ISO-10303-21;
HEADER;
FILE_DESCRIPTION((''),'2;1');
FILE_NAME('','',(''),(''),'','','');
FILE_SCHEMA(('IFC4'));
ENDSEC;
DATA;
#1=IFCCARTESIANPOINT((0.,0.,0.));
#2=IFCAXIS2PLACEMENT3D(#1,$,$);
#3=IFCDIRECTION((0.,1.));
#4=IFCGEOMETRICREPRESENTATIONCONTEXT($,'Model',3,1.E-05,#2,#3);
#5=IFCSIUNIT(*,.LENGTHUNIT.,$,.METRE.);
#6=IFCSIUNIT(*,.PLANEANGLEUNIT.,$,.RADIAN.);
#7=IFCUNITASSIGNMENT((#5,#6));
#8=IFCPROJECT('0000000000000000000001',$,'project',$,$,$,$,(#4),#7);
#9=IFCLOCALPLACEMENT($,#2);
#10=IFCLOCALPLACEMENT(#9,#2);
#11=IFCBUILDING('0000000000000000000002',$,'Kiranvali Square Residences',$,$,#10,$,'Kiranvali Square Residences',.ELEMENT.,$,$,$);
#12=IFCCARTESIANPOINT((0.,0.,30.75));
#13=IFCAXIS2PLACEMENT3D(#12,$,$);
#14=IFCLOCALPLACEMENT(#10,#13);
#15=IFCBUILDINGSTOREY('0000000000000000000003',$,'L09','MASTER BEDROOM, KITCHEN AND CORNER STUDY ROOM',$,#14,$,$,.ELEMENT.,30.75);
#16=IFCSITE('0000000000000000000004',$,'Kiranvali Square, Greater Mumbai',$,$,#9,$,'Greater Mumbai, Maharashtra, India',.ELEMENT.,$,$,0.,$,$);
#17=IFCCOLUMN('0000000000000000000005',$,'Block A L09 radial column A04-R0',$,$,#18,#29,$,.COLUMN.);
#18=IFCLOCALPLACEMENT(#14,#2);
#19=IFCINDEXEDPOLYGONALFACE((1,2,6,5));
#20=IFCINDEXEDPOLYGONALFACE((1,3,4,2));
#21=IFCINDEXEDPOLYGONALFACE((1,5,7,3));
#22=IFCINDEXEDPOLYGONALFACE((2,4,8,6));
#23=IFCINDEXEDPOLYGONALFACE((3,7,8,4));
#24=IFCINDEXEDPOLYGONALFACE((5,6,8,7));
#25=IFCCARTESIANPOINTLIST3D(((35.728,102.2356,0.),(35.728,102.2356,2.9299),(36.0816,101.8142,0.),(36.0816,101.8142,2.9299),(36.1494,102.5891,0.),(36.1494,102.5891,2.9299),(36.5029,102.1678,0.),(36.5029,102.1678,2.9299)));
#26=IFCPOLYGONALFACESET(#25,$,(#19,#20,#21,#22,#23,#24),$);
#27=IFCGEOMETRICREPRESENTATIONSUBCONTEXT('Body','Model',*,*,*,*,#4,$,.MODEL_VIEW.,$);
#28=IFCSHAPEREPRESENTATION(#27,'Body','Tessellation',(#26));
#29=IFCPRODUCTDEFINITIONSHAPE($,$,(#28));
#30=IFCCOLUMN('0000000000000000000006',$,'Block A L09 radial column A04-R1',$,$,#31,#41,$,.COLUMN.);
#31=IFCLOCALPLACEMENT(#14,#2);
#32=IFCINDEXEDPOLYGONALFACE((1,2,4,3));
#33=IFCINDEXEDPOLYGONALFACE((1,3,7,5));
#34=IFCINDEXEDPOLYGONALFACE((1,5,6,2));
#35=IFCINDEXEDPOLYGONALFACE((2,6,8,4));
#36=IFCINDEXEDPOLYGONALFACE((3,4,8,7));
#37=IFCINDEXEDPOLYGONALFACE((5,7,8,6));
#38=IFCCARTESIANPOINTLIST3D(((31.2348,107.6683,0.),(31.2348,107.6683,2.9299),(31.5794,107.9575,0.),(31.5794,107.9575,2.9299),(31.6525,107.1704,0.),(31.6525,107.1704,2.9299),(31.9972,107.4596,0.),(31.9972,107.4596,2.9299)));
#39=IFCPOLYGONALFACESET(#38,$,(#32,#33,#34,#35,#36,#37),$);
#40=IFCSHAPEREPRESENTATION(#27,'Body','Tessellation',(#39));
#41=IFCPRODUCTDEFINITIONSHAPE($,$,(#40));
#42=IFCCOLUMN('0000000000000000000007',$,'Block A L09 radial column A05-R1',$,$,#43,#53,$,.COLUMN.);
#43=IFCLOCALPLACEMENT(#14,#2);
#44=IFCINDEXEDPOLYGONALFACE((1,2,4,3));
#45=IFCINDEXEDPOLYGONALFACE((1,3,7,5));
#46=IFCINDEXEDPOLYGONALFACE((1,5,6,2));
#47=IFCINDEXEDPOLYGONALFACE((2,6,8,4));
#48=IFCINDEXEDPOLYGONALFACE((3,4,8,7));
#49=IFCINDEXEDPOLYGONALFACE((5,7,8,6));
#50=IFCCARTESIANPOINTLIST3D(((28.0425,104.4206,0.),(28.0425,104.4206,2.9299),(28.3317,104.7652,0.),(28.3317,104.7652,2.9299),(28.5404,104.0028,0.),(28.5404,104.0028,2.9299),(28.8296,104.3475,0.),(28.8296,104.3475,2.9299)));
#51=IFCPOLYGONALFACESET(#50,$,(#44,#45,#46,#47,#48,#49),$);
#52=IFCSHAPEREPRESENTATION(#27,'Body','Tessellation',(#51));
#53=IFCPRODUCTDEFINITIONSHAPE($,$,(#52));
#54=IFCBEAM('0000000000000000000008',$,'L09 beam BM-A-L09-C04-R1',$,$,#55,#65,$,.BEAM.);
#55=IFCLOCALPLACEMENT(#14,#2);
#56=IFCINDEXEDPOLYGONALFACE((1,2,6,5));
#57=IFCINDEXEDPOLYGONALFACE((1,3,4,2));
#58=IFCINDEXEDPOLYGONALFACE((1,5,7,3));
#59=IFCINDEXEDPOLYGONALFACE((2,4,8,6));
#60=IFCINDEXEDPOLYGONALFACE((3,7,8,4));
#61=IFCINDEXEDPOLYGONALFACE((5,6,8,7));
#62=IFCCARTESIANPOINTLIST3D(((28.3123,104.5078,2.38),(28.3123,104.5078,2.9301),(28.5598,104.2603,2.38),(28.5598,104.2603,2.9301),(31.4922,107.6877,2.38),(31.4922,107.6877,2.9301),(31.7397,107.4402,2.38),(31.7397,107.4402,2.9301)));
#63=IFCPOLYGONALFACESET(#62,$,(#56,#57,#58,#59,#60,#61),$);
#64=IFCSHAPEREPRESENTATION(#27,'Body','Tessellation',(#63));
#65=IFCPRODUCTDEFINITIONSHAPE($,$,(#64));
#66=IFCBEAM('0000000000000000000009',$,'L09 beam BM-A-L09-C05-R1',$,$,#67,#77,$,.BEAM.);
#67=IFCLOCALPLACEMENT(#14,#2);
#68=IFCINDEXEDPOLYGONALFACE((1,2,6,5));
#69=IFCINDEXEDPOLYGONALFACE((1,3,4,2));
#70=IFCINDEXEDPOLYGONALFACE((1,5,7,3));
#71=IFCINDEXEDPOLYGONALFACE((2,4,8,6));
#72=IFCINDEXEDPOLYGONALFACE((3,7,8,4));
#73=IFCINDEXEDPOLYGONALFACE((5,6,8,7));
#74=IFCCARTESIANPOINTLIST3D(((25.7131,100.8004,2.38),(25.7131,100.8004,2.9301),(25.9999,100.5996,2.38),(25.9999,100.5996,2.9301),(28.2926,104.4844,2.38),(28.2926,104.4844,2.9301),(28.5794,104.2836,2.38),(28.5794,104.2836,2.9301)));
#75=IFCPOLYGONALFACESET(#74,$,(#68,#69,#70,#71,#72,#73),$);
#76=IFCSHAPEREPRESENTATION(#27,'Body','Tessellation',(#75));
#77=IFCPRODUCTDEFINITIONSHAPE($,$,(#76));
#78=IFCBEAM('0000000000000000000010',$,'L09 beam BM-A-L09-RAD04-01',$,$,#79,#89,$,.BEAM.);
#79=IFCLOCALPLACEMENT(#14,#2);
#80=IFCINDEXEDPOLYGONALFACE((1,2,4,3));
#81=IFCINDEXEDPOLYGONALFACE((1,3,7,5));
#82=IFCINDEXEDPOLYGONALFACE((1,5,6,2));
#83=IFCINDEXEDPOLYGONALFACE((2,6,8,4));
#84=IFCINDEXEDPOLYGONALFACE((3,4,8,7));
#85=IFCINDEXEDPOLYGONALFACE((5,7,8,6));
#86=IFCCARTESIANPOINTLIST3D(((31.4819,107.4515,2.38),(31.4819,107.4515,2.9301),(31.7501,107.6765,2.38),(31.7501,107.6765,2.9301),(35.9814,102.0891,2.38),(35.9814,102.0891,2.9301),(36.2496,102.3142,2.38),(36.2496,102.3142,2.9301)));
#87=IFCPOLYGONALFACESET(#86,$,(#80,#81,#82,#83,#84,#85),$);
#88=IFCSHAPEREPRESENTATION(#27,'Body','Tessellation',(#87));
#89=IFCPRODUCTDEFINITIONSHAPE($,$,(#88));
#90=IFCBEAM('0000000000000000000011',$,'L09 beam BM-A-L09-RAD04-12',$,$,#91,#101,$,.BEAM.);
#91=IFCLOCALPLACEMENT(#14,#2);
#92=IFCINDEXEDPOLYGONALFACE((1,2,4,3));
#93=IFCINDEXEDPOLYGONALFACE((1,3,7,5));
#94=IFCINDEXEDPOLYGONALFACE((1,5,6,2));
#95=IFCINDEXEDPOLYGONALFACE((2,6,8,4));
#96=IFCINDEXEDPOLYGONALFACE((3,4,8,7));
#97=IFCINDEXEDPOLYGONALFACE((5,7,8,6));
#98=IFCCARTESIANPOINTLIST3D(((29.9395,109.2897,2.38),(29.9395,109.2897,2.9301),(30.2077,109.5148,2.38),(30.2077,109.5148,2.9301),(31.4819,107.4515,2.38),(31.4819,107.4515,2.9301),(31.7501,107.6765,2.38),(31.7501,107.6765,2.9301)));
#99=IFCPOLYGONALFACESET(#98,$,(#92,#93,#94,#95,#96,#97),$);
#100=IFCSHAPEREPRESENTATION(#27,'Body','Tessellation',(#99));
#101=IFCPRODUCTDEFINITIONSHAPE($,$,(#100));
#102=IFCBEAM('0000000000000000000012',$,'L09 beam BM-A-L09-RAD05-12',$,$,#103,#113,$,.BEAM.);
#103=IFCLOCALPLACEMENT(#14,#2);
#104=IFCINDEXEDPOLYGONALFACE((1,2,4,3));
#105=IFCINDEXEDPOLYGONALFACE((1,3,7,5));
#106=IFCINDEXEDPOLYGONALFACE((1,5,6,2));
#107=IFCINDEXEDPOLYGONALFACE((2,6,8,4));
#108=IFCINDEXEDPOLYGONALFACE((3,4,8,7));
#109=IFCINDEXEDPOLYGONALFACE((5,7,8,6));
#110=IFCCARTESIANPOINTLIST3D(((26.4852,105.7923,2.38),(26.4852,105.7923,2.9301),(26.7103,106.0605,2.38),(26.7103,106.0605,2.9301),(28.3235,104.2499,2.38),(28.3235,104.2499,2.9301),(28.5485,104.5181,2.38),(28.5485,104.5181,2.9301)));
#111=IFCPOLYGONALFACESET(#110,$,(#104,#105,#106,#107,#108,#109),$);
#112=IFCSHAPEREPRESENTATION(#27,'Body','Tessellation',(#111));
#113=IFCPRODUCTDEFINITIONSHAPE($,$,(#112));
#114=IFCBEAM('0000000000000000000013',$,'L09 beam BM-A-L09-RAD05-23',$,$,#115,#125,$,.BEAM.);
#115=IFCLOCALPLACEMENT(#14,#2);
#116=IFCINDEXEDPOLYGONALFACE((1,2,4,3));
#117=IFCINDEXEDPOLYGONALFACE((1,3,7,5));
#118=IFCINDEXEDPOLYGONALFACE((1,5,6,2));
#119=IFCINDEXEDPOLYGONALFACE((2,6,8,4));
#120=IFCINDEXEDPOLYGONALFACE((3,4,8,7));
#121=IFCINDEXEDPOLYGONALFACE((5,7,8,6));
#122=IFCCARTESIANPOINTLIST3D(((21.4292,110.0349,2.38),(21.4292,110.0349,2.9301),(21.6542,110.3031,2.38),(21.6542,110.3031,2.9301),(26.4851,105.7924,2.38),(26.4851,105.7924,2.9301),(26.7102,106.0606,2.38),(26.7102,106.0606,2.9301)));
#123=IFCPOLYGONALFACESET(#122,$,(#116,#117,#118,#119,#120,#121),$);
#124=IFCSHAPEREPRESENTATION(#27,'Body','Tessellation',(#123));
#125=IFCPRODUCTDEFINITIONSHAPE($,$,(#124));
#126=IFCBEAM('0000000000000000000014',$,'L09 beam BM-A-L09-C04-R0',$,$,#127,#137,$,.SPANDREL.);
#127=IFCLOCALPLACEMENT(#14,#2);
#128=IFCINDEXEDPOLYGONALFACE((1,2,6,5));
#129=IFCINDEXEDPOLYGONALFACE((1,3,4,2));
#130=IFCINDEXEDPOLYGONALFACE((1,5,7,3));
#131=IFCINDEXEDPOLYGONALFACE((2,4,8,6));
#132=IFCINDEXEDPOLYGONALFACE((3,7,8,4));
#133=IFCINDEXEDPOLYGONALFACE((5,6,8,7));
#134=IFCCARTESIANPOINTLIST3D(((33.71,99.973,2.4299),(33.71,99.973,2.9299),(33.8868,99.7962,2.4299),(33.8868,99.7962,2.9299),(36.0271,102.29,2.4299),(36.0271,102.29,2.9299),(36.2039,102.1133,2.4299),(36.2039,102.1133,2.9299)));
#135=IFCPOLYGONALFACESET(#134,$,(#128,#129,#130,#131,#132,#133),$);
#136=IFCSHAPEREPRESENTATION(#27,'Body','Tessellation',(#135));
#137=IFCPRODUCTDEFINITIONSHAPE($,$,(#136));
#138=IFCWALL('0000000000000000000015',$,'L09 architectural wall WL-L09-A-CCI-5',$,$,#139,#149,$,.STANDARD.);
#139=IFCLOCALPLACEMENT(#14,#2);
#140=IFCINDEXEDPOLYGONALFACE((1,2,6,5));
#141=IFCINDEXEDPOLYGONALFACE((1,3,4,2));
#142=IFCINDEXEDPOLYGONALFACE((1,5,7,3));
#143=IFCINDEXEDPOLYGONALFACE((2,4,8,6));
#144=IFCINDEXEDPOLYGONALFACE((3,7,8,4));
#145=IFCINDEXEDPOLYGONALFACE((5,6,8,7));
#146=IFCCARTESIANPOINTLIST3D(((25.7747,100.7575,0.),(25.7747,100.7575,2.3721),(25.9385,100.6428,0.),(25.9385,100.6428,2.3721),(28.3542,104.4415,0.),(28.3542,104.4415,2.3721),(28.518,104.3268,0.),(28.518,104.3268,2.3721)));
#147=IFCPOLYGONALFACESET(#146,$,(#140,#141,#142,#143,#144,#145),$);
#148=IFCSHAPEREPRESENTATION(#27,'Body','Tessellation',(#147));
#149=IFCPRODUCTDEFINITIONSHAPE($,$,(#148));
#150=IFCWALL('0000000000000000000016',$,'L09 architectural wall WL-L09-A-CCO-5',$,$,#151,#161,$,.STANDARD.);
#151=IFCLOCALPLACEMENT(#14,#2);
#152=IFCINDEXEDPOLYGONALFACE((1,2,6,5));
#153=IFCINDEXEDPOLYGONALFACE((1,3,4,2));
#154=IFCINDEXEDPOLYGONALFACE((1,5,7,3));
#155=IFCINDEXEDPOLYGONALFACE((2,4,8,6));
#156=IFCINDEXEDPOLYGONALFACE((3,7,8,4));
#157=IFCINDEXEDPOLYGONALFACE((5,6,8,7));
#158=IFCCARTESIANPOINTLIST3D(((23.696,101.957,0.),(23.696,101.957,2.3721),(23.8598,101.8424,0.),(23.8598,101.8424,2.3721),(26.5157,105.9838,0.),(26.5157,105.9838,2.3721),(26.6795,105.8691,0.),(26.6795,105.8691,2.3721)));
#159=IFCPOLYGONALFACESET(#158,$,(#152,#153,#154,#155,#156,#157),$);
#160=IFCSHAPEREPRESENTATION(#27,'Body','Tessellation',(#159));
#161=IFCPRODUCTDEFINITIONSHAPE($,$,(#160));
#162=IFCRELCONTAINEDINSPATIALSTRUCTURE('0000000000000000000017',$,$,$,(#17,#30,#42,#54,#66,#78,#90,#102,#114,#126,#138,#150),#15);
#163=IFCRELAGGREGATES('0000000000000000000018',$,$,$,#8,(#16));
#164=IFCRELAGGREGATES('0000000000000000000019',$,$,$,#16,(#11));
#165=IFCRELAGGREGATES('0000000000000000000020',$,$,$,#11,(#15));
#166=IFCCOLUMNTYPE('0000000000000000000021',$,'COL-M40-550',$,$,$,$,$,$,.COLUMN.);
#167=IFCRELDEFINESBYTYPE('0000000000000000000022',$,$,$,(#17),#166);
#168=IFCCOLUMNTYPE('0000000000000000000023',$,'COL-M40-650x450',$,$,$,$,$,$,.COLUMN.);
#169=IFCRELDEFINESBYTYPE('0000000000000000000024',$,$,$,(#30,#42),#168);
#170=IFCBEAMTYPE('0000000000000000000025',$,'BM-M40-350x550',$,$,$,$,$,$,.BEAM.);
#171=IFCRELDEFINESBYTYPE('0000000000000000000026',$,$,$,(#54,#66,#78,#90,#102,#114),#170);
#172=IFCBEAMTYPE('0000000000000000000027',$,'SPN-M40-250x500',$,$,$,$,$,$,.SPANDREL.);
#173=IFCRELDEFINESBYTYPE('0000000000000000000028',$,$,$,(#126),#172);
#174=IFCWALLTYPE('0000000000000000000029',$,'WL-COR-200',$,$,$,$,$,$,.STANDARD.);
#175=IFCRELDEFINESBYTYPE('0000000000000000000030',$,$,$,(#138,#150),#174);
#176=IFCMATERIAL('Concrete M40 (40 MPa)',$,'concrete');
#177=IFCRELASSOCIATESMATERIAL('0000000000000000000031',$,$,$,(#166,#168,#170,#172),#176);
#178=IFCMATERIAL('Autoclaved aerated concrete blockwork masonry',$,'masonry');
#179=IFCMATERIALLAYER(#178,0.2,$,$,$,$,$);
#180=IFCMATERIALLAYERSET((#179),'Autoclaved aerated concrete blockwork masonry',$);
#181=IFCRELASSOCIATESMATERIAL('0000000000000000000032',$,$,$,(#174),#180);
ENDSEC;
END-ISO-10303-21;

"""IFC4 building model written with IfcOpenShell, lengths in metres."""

from ifc_helpers import new_model, si_unit, direction, frame, frame_2d, origin, origin_2d, place, context, subcontext, project, spatial, rectangle, extrude, material, layer, layer_set, material_profile, profile_set, type_object, element, save


model = new_model("IFC4")

# Units and contexts
model_context = context("Model", 3, precision=1e-05, world=origin(), true_north=direction((0.0, 1.0)))
body_context = subcontext(model_context, "Body", "Model", "MODEL_VIEW")
ifc_project = project(units=[si_unit("LENGTHUNIT", "METRE"), si_unit("PLANEANGLEUNIT", "RADIAN")], contexts=[model_context])

# Site, building, storey
site_placement = place(None, origin())
site = spatial("IfcSite", under=ifc_project, at=site_placement, Name="Kiranvali Square, Greater Mumbai", LongName="Greater Mumbai, Maharashtra, India", CompositionType="ELEMENT", RefElevation=0.0)
building_placement = place(site_placement, origin())
building = spatial("IfcBuilding", under=site, at=building_placement, Name="Kiranvali Square Residences", LongName="Kiranvali Square Residences", CompositionType="ELEMENT")
storey_placement = place(building_placement, frame((0.0, 0.0, 30.75)))
storey = spatial("IfcBuildingStorey", under=building, at=storey_placement, Name="L09", Description="MASTER BEDROOM, KITCHEN AND CORNER STUDY ROOM", CompositionType="ELEMENT", Elevation=30.75)

# Columns
ifc_material_1 = material(Name="Concrete M40 (40 MPa)", Category="concrete")
ifc_material_profile_1 = material_profile(ifc_material_1, rectangle(XDim=0.55, YDim=0.55, at=origin_2d()), Name="RC 550x550")
ifc_profile_set_1 = profile_set([ifc_material_profile_1], Name="Concrete M40 (40 MPa)")
column_type_1 = type_object("IfcColumnType", Name="COL-M40-550", PredefinedType="COLUMN", material=ifc_profile_set_1)
column_placement = place(storey_placement, frame((36.1155, 102.2017, 0.0), z_axis=(0.0, 0.0, 1.0), x_axis=(0.766044, 0.642788, 0.0)))
element("IfcColumn", 1, at=column_placement, inside=storey, type_object=column_type_1, Name="Block A L09 radial column A04-R0", PredefinedType="COLUMN", context=body_context, shape_type="SweptSolid", body=[
    extrude(rectangle(XDim=0.55, YDim=0.55, at=origin_2d()), origin(), (0.0, 0.0, 1.0), 2.9299),
])
ifc_material_profile_2 = material_profile(ifc_material_1, rectangle(XDim=0.45, YDim=0.6499, at=origin_2d()), Name="RC 650x450")
ifc_profile_set_2 = profile_set([ifc_material_profile_2], Name="Concrete M40 (40 MPa)")
column_type_2 = type_object("IfcColumnType", Name="COL-M40-650x450", PredefinedType="COLUMN", material=ifc_profile_set_2)
for number, where, z_axis, x_axis, name in (
    (2, (31.616, 107.564, 0.0), (0.0, 0.0, 1.0), (0.766044, 0.642788, 0.0), "Block A L09 radial column A04-R1"),
    (3, (28.436, 104.384, 0.0), (0.0, 0.0, 1.0), (0.642788, 0.766044, 0.0), "Block A L09 radial column A05-R1"),
):
    element("IfcColumn", number, at=place(storey_placement, frame(where, z_axis=z_axis, x_axis=x_axis)), inside=storey, type_object=column_type_2, Name=name, PredefinedType="COLUMN", context=body_context, shape_type="SweptSolid", body=[
        extrude(rectangle(XDim=0.45, YDim=0.6499, at=origin_2d()), origin(), (0.0, 0.0, 1.0), 2.9299),
    ])

# Beams
ifc_material_profile_3 = material_profile(ifc_material_1, rectangle(XDim=0.3501, YDim=0.55, at=origin_2d()), Name="RC 350x550")
ifc_profile_set_3 = profile_set([ifc_material_profile_3], Name="Concrete M40 (40 MPa)")
beam_type_1 = type_object("IfcBeamType", Name="BM-M40-350x550", PredefinedType="BEAM", material=ifc_profile_set_3)
beam_1_placement = place(storey_placement, frame((31.616, 107.564, 2.655), z_axis=(-0.707107, -0.707107, 0.0), x_axis=(0.707107, -0.707107, 0.0)))
element("IfcBeam", 4, at=beam_1_placement, inside=storey, type_object=beam_type_1, Name="L09 beam BM-A-L09-C04-R1", PredefinedType="BEAM", context=body_context, shape_type="SweptSolid", body=[
    extrude(rectangle(XDim=0.3501, YDim=0.55, at=origin_2d()), origin(), (0.0, 0.0, 1.0), 4.4971),
])
beam_2_placement = place(storey_placement, frame((28.436, 104.384, 2.655), z_axis=(-0.573572, -0.819155, 0.0), x_axis=(0.819155, -0.573572, 0.0)))
element("IfcBeam", 5, at=beam_2_placement, inside=storey, type_object=beam_type_1, Name="L09 beam BM-A-L09-C05-R1", PredefinedType="BEAM", context=body_context, shape_type="SweptSolid", body=[
    extrude(rectangle(XDim=0.3501, YDim=0.55, at=origin_2d()), origin(), (0.0, 0.0, 1.0), 4.4973),
])
beam_3_placement = place(storey_placement, frame((36.1155, 102.2017, 2.655), z_axis=(-0.642788, 0.766044, 0.0), x_axis=(-0.766044, -0.642788, 0.0)))
element("IfcBeam", 6, at=beam_3_placement, inside=storey, type_object=beam_type_1, Name="L09 beam BM-A-L09-RAD04-01", PredefinedType="BEAM", context=body_context, shape_type="SweptSolid", body=[
    extrude(rectangle(XDim=0.3501, YDim=0.55, at=origin_2d()), origin(), (0.0, 0.0, 1.0), 7.0),
])
for number, where, z_axis, x_axis, name in (
    (7, (31.616, 107.564, 2.655), (-0.642763, 0.766065, 0.0), (-0.766065, -0.642763, 0.0), "L09 beam BM-A-L09-RAD04-12"),
    (8, (28.436, 104.384, 2.655), (-0.766065, 0.642763, 0.0), (-0.642763, -0.766065, 0.0), "L09 beam BM-A-L09-RAD05-12"),
):
    element("IfcBeam", number, at=place(storey_placement, frame(where, z_axis=z_axis, x_axis=x_axis)), inside=storey, type_object=beam_type_1, Name=name, PredefinedType="BEAM", context=body_context, shape_type="SweptSolid", body=[
        extrude(rectangle(XDim=0.3501, YDim=0.55, at=origin_2d()), origin(), (0.0, 0.0, 1.0), 2.3997),
    ])
beam_4_placement = place(storey_placement, frame((26.5977, 105.9265, 2.655), z_axis=(-0.766043, 0.642789, 0.0), x_axis=(-0.642789, -0.766043, 0.0)))
element("IfcBeam", 9, at=beam_4_placement, inside=storey, type_object=beam_type_1, Name="L09 beam BM-A-L09-RAD05-23", PredefinedType="BEAM", context=body_context, shape_type="SweptSolid", body=[
    extrude(rectangle(XDim=0.3501, YDim=0.55, at=origin_2d()), origin(), (0.0, 0.0, 1.0), 6.6001),
])
ifc_material_profile_4 = material_profile(ifc_material_1, rectangle(XDim=0.25, YDim=0.5, at=origin_2d()), Name="RC 250x500")
ifc_profile_set_4 = profile_set([ifc_material_profile_4], Name="Concrete M40 (40 MPa)")
beam_type_2 = type_object("IfcBeamType", Name="SPN-M40-250x500", PredefinedType="SPANDREL", material=ifc_profile_set_4)
beam_5_placement = place(storey_placement, frame((36.1155, 102.2017, 2.6799), z_axis=(-0.707107, -0.707107, 0.0), x_axis=(0.707107, -0.707107, 0.0)))
element("IfcBeam", 10, at=beam_5_placement, inside=storey, type_object=beam_type_2, Name="L09 beam BM-A-L09-C04-R0", PredefinedType="SPANDREL", context=body_context, shape_type="SweptSolid", body=[
    extrude(rectangle(XDim=0.25, YDim=0.5, at=origin_2d()), origin(), (0.0, 0.0, 1.0), 3.2769),
])

# Walls
ifc_material_2 = material(Name="Autoclaved aerated concrete blockwork masonry", Category="masonry")
ifc_layer_1 = layer(ifc_material_2, 0.2)
ifc_layer_set_1 = layer_set([ifc_layer_1], Name="Autoclaved aerated concrete blockwork masonry")
wall_type_1 = type_object("IfcWallType", Name="WL-COR-200", PredefinedType="STANDARD", material=ifc_layer_set_1)
wall_1_placement = place(storey_placement, frame((28.436, 104.384, 0.0), z_axis=(0.0, 0.0, 1.0), x_axis=(-0.573572, -0.819155, 0.0)))
element("IfcWall", 11, at=wall_1_placement, inside=storey, type_object=wall_type_1, Name="L09 architectural wall WL-L09-A-CCI-5", PredefinedType="STANDARD", context=body_context, shape_type="SweptSolid", body=[
    extrude(rectangle(XDim=4.4973, YDim=0.2, at=frame_2d((2.2485, 0.0))), origin(), (0.0, 0.0, 1.0), 2.3721),
])
wall_2_placement = place(storey_placement, frame((26.5977, 105.9265, 0.0), z_axis=(0.0, 0.0, 1.0), x_axis=(-0.573592, -0.819141, 0.0)))
element("IfcWall", 12, at=wall_2_placement, inside=storey, type_object=wall_type_1, Name="L09 architectural wall WL-L09-A-CCO-5", PredefinedType="STANDARD", context=body_context, shape_type="SweptSolid", body=[
    extrude(rectangle(XDim=4.9158, YDim=0.2, at=frame_2d((2.458, 0.0))), origin(), (0.0, 0.0, 1.0), 2.3721),
])

save(model, "model.ifc")
